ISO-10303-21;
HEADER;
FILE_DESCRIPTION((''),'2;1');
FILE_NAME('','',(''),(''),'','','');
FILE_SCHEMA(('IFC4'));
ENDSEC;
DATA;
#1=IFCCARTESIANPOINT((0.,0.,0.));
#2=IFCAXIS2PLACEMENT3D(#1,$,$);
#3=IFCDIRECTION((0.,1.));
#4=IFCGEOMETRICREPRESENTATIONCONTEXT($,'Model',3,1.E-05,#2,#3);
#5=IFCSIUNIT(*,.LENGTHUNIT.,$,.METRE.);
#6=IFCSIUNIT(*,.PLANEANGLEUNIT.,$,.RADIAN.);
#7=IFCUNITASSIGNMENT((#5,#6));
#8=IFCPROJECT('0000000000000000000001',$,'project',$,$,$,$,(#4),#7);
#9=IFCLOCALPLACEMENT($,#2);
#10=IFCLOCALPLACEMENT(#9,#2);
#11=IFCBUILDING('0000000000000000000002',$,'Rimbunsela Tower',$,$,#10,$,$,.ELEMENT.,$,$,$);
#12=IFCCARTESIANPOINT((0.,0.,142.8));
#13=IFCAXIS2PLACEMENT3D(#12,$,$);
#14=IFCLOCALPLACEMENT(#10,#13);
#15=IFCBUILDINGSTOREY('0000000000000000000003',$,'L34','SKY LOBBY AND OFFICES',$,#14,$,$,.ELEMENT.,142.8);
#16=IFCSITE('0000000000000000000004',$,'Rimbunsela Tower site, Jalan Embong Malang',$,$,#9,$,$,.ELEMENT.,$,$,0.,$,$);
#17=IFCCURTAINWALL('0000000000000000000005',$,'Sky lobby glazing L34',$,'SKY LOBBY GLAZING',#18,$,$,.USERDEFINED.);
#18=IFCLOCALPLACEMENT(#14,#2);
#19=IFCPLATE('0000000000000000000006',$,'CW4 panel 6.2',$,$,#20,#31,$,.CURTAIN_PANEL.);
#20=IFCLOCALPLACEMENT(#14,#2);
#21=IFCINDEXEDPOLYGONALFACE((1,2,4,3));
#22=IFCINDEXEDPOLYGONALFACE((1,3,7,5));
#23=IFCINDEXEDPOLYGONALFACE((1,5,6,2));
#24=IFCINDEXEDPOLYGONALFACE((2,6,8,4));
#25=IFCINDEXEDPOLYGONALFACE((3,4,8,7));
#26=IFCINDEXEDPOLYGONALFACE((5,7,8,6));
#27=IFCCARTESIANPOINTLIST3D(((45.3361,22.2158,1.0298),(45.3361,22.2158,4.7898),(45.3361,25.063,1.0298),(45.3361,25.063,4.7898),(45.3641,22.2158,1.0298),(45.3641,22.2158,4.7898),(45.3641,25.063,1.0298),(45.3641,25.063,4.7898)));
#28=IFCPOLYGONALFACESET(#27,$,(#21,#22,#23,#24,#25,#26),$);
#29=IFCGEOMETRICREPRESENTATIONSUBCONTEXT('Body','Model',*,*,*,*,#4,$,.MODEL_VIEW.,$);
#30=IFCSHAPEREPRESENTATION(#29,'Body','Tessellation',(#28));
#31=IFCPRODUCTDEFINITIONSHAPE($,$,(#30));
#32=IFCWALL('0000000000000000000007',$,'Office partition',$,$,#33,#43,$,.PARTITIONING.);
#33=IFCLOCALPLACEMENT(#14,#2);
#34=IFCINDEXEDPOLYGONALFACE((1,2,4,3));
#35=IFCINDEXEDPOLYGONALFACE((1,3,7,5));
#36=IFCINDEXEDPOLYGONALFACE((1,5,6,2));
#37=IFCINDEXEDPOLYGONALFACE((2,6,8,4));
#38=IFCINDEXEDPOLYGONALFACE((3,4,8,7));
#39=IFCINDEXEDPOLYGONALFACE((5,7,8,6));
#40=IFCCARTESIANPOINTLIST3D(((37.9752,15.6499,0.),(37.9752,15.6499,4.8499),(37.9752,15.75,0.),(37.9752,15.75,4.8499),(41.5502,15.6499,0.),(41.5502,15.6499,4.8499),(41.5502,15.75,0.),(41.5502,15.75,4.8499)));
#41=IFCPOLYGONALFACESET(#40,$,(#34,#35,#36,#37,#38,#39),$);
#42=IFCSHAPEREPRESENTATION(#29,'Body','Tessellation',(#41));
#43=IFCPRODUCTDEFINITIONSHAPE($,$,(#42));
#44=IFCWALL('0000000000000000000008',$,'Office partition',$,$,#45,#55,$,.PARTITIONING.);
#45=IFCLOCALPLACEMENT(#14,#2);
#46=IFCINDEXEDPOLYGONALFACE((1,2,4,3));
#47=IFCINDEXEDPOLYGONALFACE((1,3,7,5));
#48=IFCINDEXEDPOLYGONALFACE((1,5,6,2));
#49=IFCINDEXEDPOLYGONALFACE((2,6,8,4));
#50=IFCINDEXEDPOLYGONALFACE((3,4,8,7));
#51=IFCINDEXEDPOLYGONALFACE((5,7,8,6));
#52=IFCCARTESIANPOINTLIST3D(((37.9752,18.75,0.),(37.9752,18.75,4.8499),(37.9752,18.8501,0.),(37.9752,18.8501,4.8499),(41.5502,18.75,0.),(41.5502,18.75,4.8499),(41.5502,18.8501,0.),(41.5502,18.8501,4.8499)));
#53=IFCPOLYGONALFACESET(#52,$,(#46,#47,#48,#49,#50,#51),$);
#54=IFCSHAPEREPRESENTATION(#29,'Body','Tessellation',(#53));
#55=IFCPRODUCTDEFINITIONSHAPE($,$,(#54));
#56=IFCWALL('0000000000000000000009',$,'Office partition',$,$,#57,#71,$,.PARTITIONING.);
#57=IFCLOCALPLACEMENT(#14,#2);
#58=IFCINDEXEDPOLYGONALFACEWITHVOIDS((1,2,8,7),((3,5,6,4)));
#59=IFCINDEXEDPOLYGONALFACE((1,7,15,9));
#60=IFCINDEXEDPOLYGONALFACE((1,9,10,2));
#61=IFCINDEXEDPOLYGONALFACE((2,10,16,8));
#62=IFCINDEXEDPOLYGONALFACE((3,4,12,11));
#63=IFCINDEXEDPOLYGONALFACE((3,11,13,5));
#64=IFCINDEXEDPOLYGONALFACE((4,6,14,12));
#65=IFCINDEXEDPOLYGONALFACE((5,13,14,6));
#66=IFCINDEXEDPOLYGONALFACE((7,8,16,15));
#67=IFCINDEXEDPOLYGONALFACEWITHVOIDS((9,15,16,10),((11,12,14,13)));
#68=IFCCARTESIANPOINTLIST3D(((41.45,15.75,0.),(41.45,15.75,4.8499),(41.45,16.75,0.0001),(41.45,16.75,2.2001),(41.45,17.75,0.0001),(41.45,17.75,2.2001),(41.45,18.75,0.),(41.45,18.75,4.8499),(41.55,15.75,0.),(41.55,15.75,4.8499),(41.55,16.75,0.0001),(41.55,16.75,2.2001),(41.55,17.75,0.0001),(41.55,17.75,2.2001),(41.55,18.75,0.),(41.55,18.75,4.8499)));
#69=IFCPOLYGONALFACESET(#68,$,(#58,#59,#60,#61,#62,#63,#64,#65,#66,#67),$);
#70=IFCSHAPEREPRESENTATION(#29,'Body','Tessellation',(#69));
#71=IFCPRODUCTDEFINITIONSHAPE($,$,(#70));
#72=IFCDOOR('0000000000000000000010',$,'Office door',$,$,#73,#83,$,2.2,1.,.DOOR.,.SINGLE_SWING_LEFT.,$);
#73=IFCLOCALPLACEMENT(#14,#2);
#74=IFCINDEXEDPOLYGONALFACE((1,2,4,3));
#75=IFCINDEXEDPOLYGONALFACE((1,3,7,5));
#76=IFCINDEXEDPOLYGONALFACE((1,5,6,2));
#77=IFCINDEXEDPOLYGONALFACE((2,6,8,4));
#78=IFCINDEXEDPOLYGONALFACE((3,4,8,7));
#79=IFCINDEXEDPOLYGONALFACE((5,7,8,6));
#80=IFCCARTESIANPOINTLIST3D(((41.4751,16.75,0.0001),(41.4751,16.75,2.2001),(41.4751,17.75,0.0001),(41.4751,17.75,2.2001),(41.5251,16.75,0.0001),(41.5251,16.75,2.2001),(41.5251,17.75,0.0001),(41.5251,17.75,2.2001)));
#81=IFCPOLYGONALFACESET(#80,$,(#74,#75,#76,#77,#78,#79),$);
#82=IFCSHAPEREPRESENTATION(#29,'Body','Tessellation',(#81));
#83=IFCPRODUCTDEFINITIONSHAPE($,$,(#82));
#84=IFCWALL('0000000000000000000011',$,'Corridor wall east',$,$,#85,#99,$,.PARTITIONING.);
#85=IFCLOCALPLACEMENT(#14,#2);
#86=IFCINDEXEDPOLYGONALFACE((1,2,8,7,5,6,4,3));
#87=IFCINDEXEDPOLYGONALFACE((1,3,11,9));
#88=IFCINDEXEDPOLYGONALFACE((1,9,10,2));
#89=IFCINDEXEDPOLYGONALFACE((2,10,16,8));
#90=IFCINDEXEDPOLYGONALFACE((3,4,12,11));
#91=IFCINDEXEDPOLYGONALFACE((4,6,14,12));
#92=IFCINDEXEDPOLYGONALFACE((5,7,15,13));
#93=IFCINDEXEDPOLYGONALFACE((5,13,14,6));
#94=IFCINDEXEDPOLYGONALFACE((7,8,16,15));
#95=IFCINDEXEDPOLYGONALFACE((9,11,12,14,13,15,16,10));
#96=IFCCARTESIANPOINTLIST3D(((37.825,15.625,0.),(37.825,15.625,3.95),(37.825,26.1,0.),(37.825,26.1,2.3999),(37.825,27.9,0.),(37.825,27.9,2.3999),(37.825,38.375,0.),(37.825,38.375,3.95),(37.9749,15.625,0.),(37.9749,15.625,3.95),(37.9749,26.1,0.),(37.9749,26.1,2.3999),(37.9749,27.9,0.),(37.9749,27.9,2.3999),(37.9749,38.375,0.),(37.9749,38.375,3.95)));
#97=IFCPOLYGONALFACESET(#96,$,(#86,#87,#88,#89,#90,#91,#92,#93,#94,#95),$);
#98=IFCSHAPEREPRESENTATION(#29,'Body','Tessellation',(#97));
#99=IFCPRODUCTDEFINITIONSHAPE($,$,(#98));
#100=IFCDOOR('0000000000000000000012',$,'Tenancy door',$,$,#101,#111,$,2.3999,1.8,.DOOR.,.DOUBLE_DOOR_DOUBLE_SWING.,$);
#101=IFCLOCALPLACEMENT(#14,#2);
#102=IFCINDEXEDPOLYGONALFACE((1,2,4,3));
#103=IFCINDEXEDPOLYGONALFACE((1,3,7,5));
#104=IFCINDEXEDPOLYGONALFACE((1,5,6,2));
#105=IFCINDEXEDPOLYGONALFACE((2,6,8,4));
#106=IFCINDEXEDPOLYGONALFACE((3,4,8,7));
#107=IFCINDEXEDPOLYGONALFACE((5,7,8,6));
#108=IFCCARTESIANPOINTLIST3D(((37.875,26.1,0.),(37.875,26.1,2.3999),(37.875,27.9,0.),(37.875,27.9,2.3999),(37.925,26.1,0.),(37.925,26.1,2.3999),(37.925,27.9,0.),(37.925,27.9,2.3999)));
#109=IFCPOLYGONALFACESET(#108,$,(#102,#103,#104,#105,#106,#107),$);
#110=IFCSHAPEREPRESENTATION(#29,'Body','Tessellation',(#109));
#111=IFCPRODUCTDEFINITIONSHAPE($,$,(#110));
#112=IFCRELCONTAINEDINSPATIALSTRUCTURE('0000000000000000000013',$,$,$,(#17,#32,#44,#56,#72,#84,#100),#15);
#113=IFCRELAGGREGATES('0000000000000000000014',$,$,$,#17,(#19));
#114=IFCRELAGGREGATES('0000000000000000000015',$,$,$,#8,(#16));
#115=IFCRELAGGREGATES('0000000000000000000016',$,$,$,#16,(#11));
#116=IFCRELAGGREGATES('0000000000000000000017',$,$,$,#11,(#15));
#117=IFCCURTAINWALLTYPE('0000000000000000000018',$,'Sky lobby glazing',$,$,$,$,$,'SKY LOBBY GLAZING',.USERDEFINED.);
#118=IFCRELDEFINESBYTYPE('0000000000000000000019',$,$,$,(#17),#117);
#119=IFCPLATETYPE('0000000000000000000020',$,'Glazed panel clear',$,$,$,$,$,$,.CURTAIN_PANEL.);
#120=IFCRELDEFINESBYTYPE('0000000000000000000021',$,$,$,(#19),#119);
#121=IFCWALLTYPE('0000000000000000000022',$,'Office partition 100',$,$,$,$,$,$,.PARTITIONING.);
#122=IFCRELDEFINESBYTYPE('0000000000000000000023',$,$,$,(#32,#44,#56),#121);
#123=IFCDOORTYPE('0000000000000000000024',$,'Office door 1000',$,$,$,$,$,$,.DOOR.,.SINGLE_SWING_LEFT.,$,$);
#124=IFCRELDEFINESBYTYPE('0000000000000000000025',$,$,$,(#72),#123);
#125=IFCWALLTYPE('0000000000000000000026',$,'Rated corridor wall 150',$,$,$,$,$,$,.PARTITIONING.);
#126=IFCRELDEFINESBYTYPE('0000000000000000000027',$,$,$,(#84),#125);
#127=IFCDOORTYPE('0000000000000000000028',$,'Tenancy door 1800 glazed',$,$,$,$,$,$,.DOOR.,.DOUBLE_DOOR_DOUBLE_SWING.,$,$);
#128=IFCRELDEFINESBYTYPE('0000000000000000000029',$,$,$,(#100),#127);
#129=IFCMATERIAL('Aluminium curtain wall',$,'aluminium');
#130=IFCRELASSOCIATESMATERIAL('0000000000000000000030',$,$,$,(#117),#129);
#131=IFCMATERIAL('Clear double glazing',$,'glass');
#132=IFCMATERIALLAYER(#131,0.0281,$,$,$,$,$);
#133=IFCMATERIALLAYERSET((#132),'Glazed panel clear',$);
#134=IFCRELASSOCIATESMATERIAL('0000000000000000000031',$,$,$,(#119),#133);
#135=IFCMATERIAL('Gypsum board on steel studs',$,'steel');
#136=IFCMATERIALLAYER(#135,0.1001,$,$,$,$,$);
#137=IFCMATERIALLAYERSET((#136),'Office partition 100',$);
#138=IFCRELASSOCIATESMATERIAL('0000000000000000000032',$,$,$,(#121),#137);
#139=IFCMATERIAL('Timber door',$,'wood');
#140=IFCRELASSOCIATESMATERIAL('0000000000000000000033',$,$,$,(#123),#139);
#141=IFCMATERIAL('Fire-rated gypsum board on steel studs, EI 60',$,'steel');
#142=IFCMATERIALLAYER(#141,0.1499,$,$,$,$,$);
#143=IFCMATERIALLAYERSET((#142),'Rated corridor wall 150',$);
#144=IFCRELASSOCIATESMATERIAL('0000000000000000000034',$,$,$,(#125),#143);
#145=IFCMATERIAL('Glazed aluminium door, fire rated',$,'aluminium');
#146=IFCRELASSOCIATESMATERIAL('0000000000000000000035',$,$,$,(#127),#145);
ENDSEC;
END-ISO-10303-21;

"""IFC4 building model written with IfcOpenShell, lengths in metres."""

from ifc_helpers import new_model, si_unit, direction, frame, frame_2d, origin, origin_2d, place, context, subcontext, project, spatial, rectangle, extrude, material, layer, layer_set, type_object, element, fill, aggregate, save


model = new_model("IFC4")

# Units and contexts
model_context = context("Model", 3, precision=1e-05, world=origin(), true_north=direction((0.0, 1.0)))
body_context = subcontext(model_context, "Body", "Model", "MODEL_VIEW")
ifc_project = project(units=[si_unit("LENGTHUNIT", "METRE"), si_unit("PLANEANGLEUNIT", "RADIAN")], contexts=[model_context])

# Site, building, storey
site_placement = place(None, origin())
site = spatial("IfcSite", under=ifc_project, at=site_placement, Name="Rimbunsela Tower site, Jalan Embong Malang", CompositionType="ELEMENT", RefElevation=0.0)
building_placement = place(site_placement, origin())
building = spatial("IfcBuilding", under=site, at=building_placement, Name="Rimbunsela Tower", CompositionType="ELEMENT")
storey_placement = place(building_placement, frame((0.0, 0.0, 142.8)))
storey = spatial("IfcBuildingStorey", under=building, at=storey_placement, Name="L34", Description="SKY LOBBY AND OFFICES", CompositionType="ELEMENT", Elevation=142.8)

# Curtain wall, plate
ifc_material_1 = material(Name="Aluminium curtain wall", Category="aluminium")
curtain_wall_type = type_object("IfcCurtainWallType", Name="Sky lobby glazing", ElementType="SKY LOBBY GLAZING", PredefinedType="USERDEFINED", material=ifc_material_1)
curtain_wall_placement = place(storey_placement, origin())
curtain_wall = element("IfcCurtainWall", 1, at=curtain_wall_placement, inside=storey, type_object=curtain_wall_type, Name="Sky lobby glazing L34", ObjectType="SKY LOBBY GLAZING", PredefinedType="USERDEFINED")
ifc_material_2 = material(Name="Clear double glazing", Category="glass")
ifc_layer_1 = layer(ifc_material_2, 0.0281)
ifc_layer_set_1 = layer_set([ifc_layer_1], Name="Glazed panel clear")
plate_type = type_object("IfcPlateType", Name="Glazed panel clear", PredefinedType="CURTAIN_PANEL", material=ifc_layer_set_1)
plate_1_placement = place(storey_placement, frame((45.3501, 23.6394, 1.0298), z_axis=(0.0, 0.0, 1.0), x_axis=(0.0, 1.0, 0.0)))
plate_1 = element("IfcPlate", 2, at=plate_1_placement, type_object=plate_type, Name="CW4 panel 6.2", PredefinedType="CURTAIN_PANEL", context=body_context, shape_type="SweptSolid", body=[
    extrude(rectangle(XDim=2.8472, YDim=0.0281, at=origin_2d()), origin(), (0.0, 0.0, 1.0), 3.76),
])
aggregate(curtain_wall, [plate_1])

# Walls
ifc_material_3 = material(Name="Gypsum board on steel studs", Category="steel")
ifc_layer_2 = layer(ifc_material_3, 0.1001)
ifc_layer_set_2 = layer_set([ifc_layer_2], Name="Office partition 100")
wall_type_1 = type_object("IfcWallType", Name="Office partition 100", PredefinedType="PARTITIONING", material=ifc_layer_set_2)
for number, where, z_axis, x_axis, name in (
    (3, (37.9751, 15.7, 0.0), (0.0, 0.0, 1.0), (1.0, 0.0, 0.0), "Office partition"),
    (4, (37.9751, 18.8, 0.0), (0.0, 0.0, 1.0), (1.0, 0.0, 0.0), "Office partition"),
):
    element("IfcWall", number, at=place(storey_placement, frame(where, z_axis=z_axis, x_axis=x_axis)), inside=storey, type_object=wall_type_1, Name=name, PredefinedType="PARTITIONING", context=body_context, shape_type="SweptSolid", body=[
        extrude(rectangle(XDim=3.575, YDim=0.1001, at=frame_2d((1.7876, 0.0))), origin(), (0.0, 0.0, 1.0), 4.8499),
    ])

# Walls, openings, doors
wall_1_placement = place(storey_placement, frame((41.5, 15.75, 0.0), z_axis=(0.0, 0.0, 1.0), x_axis=(0.0, 1.0, 0.0)))
wall_1 = element("IfcWall", 5, at=wall_1_placement, inside=storey, type_object=wall_type_1, Name="Office partition", PredefinedType="PARTITIONING", context=body_context, shape_type="SweptSolid", body=[
    extrude(rectangle(XDim=3.0, YDim=0.1001, at=frame_2d((1.5, 0.0))), origin(), (0.0, 0.0, 1.0), 4.8499),
])
opening_1_placement = place(wall_1_placement, frame((1.0, 0.0, 0.0)))
opening_1 = element("IfcOpeningElement", 6, at=opening_1_placement, cuts=wall_1, PredefinedType="OPENING", context=body_context, shape_type="SweptSolid", body=[
    extrude(rectangle(XDim=1.0, YDim=2.2, at=frame_2d((0.5, 1.1001))), frame((0.0, 0.0601, 0.0), z_axis=(0.0, -1.0, 0.0), x_axis=(1.0, 0.0, 0.0)), (0.0, 0.0, 1.0), 0.1201),
])
ifc_material_4 = material(Name="Timber door", Category="wood")
door_type_1 = type_object("IfcDoorType", Name="Office door 1000", OperationType="SINGLE_SWING_LEFT", PredefinedType="DOOR", material=ifc_material_4)
door_1_placement = place(opening_1_placement, origin())
door_1 = element("IfcDoor", 7, at=door_1_placement, inside=storey, type_object=door_type_1, Name="Office door", OperationType="SINGLE_SWING_LEFT", OverallHeight=2.2, OverallWidth=1.0, PredefinedType="DOOR", context=body_context, shape_type="SweptSolid", body=[
    extrude(rectangle(XDim=1.0, YDim=2.2, at=frame_2d((0.5, 1.1001))), frame((0.0, 0.0249, 0.0), z_axis=(0.0, -1.0, 0.0), x_axis=(1.0, 0.0, 0.0)), (0.0, 0.0, 1.0), 0.05),
])
fill(opening_1, door_1)
ifc_material_5 = material(Name="Fire-rated gypsum board on steel studs, EI 60", Category="steel")
ifc_layer_3 = layer(ifc_material_5, 0.1499)
ifc_layer_set_3 = layer_set([ifc_layer_3], Name="Rated corridor wall 150")
wall_type_2 = type_object("IfcWallType", Name="Rated corridor wall 150", PredefinedType="PARTITIONING", material=ifc_layer_set_3)
wall_2_placement = place(storey_placement, frame((37.8999, 15.625, 0.0), z_axis=(0.0, 0.0, 1.0), x_axis=(0.0, 1.0, 0.0)))
wall_2 = element("IfcWall", 8, at=wall_2_placement, inside=storey, type_object=wall_type_2, Name="Corridor wall east", PredefinedType="PARTITIONING", context=body_context, shape_type="SweptSolid", body=[
    extrude(rectangle(XDim=22.75, YDim=0.1499, at=frame_2d((11.375, 0.0))), origin(), (0.0, 0.0, 1.0), 3.95),
])
opening_2_placement = place(wall_2_placement, frame((10.4751, 0.0, 0.0)))
opening_2 = element("IfcOpeningElement", 9, at=opening_2_placement, cuts=wall_2, PredefinedType="OPENING", context=body_context, shape_type="SweptSolid", body=[
    extrude(rectangle(XDim=1.8, YDim=2.3999, at=frame_2d((0.8999, 1.2))), frame((0.0, 0.085, 0.0), z_axis=(0.0, -1.0, 0.0), x_axis=(1.0, 0.0, 0.0)), (0.0, 0.0, 1.0), 0.1699),
])
ifc_material_6 = material(Name="Glazed aluminium door, fire rated", Category="aluminium")
door_type_2 = type_object("IfcDoorType", Name="Tenancy door 1800 glazed", OperationType="DOUBLE_DOOR_DOUBLE_SWING", PredefinedType="DOOR", material=ifc_material_6)
door_2_placement = place(opening_2_placement, origin())
door_2 = element("IfcDoor", 10, at=door_2_placement, inside=storey, type_object=door_type_2, Name="Tenancy door", OperationType="DOUBLE_DOOR_DOUBLE_SWING", OverallHeight=2.3999, OverallWidth=1.8, PredefinedType="DOOR", context=body_context, shape_type="SweptSolid", body=[
    extrude(rectangle(XDim=1.8, YDim=2.3999, at=frame_2d((0.8999, 1.2))), frame((0.0, 0.0249, 0.0), z_axis=(0.0, -1.0, 0.0), x_axis=(1.0, 0.0, 0.0)), (0.0, 0.0, 1.0), 0.05),
])
fill(opening_2, door_2)

save(model, "model.ifc")
